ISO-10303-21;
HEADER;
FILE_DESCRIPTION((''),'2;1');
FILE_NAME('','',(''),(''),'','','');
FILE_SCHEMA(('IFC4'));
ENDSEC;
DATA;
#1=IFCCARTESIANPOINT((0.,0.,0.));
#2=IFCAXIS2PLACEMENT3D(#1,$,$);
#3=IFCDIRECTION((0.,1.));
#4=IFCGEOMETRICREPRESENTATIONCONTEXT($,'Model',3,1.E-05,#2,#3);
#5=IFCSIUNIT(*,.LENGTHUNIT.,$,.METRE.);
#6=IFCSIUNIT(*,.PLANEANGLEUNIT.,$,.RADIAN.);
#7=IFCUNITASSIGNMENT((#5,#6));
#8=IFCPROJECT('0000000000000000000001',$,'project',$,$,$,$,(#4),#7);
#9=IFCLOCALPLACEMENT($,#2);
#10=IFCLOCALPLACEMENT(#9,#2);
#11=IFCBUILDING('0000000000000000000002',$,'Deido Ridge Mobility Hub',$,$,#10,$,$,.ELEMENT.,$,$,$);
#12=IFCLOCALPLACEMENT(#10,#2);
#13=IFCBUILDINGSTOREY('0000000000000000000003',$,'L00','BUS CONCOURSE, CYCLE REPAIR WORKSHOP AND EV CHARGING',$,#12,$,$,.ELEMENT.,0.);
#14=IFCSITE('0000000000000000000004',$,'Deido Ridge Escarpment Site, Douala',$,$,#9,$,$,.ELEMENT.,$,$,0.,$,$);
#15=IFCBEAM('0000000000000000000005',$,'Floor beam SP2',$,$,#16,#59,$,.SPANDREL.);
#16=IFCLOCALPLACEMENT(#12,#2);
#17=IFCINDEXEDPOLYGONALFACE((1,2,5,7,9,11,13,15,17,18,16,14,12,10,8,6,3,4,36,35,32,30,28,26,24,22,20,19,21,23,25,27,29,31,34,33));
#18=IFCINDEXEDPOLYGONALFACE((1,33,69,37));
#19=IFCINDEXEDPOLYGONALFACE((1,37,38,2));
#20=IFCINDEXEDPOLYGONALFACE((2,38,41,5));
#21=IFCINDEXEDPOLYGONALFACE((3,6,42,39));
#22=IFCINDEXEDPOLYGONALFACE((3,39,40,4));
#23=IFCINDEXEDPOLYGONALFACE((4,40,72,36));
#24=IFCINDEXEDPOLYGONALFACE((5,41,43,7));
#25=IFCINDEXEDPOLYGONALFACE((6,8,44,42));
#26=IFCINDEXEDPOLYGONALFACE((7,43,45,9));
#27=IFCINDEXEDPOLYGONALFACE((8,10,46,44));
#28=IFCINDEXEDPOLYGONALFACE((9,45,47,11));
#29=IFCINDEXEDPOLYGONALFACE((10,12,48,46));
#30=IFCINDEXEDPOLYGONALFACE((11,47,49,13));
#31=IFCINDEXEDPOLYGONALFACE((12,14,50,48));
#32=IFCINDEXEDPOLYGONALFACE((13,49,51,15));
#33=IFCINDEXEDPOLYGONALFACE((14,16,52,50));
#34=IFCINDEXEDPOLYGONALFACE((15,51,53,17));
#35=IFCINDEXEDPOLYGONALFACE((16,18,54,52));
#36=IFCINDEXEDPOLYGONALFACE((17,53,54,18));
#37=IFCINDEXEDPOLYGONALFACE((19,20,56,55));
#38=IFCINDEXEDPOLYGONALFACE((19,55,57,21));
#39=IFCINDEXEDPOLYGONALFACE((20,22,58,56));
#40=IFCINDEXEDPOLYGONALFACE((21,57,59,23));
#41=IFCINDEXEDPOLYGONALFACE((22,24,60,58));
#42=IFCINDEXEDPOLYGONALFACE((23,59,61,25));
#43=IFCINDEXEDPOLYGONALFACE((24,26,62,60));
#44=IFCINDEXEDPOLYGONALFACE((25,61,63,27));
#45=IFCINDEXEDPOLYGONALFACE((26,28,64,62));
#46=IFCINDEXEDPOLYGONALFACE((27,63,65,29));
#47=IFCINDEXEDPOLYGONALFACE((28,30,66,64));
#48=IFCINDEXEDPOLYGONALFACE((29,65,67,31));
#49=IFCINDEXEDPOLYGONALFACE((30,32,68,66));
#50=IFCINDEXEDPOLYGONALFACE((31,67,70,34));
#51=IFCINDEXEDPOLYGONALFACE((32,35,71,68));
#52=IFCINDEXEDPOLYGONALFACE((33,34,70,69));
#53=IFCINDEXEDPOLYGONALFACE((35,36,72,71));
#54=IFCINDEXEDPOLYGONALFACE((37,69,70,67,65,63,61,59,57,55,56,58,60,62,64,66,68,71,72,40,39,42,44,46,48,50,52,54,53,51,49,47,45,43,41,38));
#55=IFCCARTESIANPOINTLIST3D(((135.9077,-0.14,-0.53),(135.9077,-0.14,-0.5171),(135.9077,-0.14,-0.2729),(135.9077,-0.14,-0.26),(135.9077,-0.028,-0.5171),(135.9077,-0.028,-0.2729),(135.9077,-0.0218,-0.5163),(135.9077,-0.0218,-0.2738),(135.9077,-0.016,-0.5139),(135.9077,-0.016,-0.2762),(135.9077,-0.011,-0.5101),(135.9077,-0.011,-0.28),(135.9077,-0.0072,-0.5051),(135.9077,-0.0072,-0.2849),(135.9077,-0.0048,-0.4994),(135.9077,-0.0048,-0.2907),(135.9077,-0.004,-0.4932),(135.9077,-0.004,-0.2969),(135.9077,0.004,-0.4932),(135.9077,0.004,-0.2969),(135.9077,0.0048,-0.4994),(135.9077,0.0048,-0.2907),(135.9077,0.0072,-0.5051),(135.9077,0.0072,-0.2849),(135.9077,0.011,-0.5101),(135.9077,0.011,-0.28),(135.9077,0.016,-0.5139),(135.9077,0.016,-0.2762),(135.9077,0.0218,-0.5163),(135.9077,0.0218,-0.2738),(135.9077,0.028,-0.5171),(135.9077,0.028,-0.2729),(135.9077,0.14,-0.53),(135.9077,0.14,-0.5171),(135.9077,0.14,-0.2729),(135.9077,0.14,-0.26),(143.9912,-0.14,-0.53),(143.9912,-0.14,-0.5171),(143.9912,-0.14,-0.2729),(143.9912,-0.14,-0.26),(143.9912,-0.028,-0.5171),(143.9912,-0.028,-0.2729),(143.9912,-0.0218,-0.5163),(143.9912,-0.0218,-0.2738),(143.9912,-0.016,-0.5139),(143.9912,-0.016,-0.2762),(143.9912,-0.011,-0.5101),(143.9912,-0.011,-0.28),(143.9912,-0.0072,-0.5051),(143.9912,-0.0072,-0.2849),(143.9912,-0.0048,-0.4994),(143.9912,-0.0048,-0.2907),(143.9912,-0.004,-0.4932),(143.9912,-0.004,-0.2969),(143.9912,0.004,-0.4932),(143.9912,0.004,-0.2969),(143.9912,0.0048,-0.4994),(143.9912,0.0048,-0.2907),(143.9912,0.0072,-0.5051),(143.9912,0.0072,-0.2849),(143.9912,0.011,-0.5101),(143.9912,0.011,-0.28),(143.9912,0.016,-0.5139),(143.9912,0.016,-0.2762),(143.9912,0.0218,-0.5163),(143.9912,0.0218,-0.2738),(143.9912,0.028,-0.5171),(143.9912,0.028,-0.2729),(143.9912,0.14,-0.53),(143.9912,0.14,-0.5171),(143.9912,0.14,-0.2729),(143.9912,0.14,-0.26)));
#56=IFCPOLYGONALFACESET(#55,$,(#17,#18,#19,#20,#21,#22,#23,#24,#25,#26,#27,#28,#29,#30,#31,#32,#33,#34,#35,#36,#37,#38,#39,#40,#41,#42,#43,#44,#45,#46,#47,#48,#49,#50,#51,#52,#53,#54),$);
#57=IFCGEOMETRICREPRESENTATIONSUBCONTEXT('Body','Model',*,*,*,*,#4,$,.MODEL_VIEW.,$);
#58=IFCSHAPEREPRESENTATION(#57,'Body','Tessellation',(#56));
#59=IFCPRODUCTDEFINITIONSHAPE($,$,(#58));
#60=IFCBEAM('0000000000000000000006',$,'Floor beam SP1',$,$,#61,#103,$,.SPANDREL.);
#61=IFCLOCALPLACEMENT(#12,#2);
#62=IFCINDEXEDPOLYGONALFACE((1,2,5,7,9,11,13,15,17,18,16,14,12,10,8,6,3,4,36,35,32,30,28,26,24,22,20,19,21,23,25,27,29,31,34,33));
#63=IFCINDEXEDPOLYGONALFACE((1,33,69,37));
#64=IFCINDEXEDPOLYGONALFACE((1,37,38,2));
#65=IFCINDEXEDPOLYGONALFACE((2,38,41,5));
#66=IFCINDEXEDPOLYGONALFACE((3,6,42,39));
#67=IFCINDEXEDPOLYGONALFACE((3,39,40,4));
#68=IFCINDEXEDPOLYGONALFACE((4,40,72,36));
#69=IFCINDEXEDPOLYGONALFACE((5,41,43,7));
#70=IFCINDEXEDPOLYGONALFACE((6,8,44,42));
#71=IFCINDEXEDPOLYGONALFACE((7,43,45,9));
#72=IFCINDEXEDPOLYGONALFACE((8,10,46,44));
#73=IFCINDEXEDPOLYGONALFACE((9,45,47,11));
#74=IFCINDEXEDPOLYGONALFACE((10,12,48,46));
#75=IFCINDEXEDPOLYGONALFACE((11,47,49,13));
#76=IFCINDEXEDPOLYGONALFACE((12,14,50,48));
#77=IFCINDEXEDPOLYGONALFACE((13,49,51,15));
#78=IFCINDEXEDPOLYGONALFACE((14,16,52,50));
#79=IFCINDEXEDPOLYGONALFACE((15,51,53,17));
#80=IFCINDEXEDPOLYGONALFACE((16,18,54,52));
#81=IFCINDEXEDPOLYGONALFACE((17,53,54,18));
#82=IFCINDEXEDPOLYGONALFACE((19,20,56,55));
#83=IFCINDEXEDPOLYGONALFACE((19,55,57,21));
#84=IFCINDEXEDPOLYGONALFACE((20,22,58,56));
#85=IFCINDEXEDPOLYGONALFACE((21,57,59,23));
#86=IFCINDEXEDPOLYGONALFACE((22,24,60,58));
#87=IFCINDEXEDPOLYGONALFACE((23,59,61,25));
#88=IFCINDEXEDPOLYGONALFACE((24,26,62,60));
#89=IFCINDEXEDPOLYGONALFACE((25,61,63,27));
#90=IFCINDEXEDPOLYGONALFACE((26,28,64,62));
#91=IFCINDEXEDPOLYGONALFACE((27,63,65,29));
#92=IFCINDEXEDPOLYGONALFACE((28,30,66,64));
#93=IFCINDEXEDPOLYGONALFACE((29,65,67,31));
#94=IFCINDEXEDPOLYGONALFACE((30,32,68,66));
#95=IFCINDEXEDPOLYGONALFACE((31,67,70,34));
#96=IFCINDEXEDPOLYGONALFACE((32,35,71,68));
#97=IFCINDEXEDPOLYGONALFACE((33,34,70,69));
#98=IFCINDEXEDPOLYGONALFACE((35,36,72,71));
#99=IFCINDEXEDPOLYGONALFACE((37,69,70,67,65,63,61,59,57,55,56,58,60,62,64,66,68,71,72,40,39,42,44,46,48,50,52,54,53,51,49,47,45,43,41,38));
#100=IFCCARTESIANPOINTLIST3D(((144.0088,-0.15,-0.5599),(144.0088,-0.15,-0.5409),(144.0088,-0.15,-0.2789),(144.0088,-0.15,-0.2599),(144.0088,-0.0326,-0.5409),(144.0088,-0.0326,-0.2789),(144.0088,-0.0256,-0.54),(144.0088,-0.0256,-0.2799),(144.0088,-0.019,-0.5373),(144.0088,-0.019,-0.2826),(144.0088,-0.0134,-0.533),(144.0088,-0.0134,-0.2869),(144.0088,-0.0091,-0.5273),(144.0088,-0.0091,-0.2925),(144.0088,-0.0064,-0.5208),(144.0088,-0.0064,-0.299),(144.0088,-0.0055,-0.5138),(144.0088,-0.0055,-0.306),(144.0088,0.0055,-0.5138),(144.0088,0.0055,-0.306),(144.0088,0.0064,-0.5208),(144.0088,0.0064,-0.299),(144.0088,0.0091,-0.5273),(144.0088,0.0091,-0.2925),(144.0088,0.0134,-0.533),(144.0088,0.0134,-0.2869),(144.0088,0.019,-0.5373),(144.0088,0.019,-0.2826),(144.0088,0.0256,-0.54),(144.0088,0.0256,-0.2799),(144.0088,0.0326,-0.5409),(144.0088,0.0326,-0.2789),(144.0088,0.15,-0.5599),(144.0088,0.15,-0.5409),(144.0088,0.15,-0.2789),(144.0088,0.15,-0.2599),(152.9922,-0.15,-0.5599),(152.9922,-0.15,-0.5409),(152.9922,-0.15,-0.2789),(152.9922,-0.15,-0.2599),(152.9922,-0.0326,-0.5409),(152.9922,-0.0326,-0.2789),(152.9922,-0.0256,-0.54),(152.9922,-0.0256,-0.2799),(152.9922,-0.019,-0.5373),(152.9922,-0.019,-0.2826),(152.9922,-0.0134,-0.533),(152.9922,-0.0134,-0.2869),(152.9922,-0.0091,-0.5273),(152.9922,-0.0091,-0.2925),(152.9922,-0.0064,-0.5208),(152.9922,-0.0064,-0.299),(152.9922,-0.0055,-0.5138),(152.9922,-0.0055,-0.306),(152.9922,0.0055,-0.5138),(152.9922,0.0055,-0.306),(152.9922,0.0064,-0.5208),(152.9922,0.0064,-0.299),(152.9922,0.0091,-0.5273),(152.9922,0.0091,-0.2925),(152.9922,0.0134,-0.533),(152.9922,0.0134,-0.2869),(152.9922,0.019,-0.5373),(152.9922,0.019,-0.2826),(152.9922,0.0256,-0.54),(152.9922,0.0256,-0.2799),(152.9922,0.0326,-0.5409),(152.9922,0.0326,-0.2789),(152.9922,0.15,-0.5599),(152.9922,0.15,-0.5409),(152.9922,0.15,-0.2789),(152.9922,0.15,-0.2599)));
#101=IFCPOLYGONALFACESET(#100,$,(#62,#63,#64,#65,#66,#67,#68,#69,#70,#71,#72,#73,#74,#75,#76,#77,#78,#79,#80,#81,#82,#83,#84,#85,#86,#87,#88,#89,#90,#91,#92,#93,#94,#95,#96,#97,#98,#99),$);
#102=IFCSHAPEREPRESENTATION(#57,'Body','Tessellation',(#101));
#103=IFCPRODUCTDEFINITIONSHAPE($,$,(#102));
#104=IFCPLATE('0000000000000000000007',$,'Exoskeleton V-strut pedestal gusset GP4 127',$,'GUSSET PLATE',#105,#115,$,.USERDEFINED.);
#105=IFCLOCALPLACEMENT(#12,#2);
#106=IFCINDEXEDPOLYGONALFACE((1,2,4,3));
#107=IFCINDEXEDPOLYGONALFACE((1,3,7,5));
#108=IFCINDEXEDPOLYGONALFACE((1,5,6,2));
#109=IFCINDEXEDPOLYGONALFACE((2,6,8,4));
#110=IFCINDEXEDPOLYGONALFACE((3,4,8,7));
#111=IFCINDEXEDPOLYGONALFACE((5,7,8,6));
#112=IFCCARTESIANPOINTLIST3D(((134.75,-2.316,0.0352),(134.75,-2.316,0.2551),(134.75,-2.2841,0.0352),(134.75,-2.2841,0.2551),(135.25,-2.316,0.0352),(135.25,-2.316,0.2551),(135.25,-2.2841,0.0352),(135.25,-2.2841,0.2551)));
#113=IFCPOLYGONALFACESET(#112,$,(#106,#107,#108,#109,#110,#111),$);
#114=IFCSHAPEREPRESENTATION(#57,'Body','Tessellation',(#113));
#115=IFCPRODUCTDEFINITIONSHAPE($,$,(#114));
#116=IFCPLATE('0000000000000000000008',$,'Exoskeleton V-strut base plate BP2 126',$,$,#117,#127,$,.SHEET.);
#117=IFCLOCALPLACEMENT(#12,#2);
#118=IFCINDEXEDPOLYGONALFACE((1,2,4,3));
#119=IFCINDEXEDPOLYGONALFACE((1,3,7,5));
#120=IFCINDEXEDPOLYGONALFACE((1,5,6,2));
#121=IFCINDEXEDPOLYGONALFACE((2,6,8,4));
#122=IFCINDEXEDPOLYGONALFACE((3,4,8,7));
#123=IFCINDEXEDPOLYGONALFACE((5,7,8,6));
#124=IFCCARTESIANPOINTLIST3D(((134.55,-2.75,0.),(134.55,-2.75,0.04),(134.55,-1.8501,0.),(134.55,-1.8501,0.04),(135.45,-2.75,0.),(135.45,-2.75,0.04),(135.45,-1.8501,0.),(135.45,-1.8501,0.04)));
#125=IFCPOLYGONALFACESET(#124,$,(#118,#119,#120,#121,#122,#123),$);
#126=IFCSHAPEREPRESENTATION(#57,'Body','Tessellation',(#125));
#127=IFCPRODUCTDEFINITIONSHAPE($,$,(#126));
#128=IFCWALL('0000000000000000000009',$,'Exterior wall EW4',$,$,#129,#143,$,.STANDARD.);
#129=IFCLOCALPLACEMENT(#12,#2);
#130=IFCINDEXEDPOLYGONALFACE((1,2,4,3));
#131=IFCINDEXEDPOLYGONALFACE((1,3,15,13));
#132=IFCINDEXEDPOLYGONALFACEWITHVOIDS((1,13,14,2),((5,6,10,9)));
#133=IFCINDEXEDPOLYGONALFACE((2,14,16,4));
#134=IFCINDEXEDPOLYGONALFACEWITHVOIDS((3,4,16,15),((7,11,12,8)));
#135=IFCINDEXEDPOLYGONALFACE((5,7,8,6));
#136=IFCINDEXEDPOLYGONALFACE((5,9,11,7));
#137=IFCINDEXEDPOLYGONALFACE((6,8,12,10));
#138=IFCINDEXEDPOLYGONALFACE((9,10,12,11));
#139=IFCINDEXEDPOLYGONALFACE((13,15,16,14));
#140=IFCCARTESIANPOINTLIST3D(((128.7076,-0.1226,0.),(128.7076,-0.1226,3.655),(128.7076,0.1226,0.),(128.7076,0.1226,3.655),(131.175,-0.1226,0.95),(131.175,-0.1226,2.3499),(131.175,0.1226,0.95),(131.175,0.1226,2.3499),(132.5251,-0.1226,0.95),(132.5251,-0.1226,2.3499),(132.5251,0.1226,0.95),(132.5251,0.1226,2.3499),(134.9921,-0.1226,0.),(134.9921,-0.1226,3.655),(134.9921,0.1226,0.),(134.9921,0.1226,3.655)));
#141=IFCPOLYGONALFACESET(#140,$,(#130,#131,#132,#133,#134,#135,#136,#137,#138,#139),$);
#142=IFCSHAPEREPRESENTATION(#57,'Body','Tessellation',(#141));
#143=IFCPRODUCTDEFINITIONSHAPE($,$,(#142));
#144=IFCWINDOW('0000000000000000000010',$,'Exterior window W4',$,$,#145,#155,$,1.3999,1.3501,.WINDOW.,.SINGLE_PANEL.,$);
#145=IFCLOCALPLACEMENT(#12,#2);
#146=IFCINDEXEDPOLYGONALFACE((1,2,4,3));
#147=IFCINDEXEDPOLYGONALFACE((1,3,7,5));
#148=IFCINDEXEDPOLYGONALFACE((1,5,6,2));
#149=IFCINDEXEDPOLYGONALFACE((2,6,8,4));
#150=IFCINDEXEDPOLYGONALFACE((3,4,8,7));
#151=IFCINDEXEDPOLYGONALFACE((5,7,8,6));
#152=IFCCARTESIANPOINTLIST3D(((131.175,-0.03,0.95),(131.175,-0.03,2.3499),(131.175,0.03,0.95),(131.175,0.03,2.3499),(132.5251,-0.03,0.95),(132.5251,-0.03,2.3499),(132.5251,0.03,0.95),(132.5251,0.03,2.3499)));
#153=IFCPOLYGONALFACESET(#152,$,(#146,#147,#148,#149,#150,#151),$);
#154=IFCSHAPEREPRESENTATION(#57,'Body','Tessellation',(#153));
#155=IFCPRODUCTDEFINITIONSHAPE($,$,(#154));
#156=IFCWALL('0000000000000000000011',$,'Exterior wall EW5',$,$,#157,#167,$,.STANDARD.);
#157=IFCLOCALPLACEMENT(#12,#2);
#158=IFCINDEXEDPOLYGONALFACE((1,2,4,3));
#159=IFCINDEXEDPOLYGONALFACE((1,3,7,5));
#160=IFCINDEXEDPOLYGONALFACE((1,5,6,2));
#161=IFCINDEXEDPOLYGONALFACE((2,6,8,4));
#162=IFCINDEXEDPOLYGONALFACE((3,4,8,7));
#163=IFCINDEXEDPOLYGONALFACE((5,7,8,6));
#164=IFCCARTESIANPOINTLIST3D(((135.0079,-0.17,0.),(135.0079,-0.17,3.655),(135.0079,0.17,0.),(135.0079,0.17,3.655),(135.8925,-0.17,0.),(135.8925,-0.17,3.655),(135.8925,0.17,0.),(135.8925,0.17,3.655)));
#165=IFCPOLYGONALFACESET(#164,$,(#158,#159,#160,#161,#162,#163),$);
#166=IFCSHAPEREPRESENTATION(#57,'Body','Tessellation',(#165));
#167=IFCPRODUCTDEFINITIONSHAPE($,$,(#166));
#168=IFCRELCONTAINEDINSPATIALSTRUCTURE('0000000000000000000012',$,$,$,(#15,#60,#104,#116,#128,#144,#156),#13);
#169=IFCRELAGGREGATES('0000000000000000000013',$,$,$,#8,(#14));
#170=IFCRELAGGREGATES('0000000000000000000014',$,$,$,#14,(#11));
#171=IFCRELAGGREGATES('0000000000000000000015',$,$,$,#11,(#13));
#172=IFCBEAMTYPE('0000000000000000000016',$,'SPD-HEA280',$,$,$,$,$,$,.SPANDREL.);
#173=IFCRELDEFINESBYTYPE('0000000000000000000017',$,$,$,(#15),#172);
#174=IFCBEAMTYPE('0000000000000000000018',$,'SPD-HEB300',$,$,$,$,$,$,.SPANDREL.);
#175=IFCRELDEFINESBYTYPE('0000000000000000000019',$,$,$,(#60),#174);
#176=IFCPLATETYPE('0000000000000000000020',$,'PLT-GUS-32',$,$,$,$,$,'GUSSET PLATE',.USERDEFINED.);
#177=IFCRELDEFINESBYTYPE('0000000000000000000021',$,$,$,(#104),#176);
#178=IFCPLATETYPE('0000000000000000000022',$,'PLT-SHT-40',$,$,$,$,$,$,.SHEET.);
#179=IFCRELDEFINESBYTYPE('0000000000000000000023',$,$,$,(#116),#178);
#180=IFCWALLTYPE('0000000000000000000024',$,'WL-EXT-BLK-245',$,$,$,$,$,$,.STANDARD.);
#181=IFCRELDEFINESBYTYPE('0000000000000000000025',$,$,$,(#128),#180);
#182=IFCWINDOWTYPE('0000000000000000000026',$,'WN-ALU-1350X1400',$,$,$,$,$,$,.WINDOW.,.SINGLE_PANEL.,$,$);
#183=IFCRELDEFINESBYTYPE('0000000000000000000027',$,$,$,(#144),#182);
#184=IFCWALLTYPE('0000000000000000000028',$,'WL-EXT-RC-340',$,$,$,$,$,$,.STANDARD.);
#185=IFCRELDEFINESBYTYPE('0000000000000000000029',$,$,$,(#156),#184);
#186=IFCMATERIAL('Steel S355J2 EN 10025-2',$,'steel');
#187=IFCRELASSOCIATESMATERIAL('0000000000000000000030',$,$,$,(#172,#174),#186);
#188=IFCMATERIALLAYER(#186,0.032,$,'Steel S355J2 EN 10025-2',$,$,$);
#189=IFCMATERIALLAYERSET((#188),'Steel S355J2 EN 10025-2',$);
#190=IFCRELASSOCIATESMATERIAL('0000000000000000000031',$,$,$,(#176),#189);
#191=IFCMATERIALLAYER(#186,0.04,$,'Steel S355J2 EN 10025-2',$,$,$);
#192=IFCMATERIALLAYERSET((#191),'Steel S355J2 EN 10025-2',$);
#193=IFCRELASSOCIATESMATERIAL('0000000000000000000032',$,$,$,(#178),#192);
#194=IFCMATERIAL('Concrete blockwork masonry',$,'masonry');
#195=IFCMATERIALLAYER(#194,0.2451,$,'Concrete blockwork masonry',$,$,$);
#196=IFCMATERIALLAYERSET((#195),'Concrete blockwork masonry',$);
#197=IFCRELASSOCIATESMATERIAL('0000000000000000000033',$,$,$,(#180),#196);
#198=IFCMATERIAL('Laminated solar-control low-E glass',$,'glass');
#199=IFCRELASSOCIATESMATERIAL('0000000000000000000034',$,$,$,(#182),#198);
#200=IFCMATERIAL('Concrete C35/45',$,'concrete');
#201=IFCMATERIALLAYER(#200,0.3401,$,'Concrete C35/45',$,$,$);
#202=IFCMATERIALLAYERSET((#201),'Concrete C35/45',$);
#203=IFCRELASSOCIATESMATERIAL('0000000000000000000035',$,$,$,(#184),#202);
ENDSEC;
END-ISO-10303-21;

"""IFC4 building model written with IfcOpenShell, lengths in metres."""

from ifc_helpers import new_model, si_unit, direction, frame, frame_2d, origin, origin_2d, place, context, subcontext, project, spatial, rectangle, i_section, extrude, material, layer, layer_set, material_profile, profile_set, type_object, element, fill, save


model = new_model("IFC4")

# Units and contexts
model_context = context("Model", 3, precision=1e-05, world=origin(), true_north=direction((0.0, 1.0)))
body_context = subcontext(model_context, "Body", "Model", "MODEL_VIEW")
ifc_project = project(units=[si_unit("LENGTHUNIT", "METRE"), si_unit("PLANEANGLEUNIT", "RADIAN")], contexts=[model_context])

# Site, building, storey
site_placement = place(None, origin())
site = spatial("IfcSite", under=ifc_project, at=site_placement, Name="Deido Ridge Escarpment Site, Douala", CompositionType="ELEMENT", RefElevation=0.0)
building_placement = place(site_placement, origin())
building = spatial("IfcBuilding", under=site, at=building_placement, Name="Deido Ridge Mobility Hub", CompositionType="ELEMENT")
storey_placement = place(building_placement, origin())
storey = spatial("IfcBuildingStorey", under=building, at=storey_placement, Name="L00", Description="BUS CONCOURSE, CYCLE REPAIR WORKSHOP AND EV CHARGING", CompositionType="ELEMENT", Elevation=0.0)

# Shared definitions
ifc_material_1 = material(Name="Steel S355J2 EN 10025-2", Category="steel")

# Beams
ifc_material_profile_1 = material_profile(ifc_material_1, i_section(OverallWidth=0.28, OverallDepth=0.27, WebThickness=0.0081, FlangeThickness=0.0129, FilletRadius=0.0239, at=origin_2d()), Name="HEA 280")
ifc_profile_set_1 = profile_set([ifc_material_profile_1], Name="Steel S355J2 EN 10025-2")
beam_type_1 = type_object("IfcBeamType", Name="SPD-HEA280", PredefinedType="SPANDREL", material=ifc_profile_set_1)
beam_1_placement = place(storey_placement, frame((135.9077, 0.0, -0.395), z_axis=(1.0, 0.0, 0.0), x_axis=(0.0, 1.0, 0.0)))
element("IfcBeam", 1, at=beam_1_placement, inside=storey, type_object=beam_type_1, Name="Floor beam SP2", PredefinedType="SPANDREL", context=body_context, shape_type="SweptSolid", body=[
    extrude(i_section(OverallWidth=0.28, OverallDepth=0.27, WebThickness=0.0081, FlangeThickness=0.0129, FilletRadius=0.0239, at=origin_2d()), origin(), (0.0, 0.0, 1.0), 8.0835),
])
ifc_material_profile_2 = material_profile(ifc_material_1, i_section(OverallWidth=0.3, OverallDepth=0.3, WebThickness=0.011, FlangeThickness=0.019, FilletRadius=0.0271, at=origin_2d()), Name="HEB 300")
ifc_profile_set_2 = profile_set([ifc_material_profile_2], Name="Steel S355J2 EN 10025-2")
beam_type_2 = type_object("IfcBeamType", Name="SPD-HEB300", PredefinedType="SPANDREL", material=ifc_profile_set_2)
beam_2_placement = place(storey_placement, frame((144.0088, 0.0, -0.4099), z_axis=(1.0, 0.0, 0.0), x_axis=(0.0, 1.0, 0.0)))
element("IfcBeam", 2, at=beam_2_placement, inside=storey, type_object=beam_type_2, Name="Floor beam SP1", PredefinedType="SPANDREL", context=body_context, shape_type="SweptSolid", body=[
    extrude(i_section(OverallWidth=0.3, OverallDepth=0.3, WebThickness=0.011, FlangeThickness=0.019, FilletRadius=0.0271, at=origin_2d()), origin(), (0.0, 0.0, 1.0), 8.9834),
])

# Plates
ifc_layer_1 = layer(ifc_material_1, 0.032, Name="Steel S355J2 EN 10025-2")
ifc_layer_set_1 = layer_set([ifc_layer_1], Name="Steel S355J2 EN 10025-2")
plate_type_1 = type_object("IfcPlateType", Name="PLT-GUS-32", ElementType="GUSSET PLATE", PredefinedType="USERDEFINED", material=ifc_layer_set_1)
plate_1_placement = place(storey_placement, frame((135.0, -2.3, 0.0352), z_axis=(0.0, 0.0, 1.0), x_axis=(1.0, 0.0, 0.0)))
element("IfcPlate", 3, at=plate_1_placement, inside=storey, type_object=plate_type_1, Name="Exoskeleton V-strut pedestal gusset GP4 127", ObjectType="GUSSET PLATE", PredefinedType="USERDEFINED", context=body_context, shape_type="SweptSolid", body=[
    extrude(rectangle(XDim=0.5, YDim=0.032, at=origin_2d()), origin(), (0.0, 0.0, 1.0), 0.22),
])
ifc_layer_2 = layer(ifc_material_1, 0.04, Name="Steel S355J2 EN 10025-2")
ifc_layer_set_2 = layer_set([ifc_layer_2], Name="Steel S355J2 EN 10025-2")
plate_type_2 = type_object("IfcPlateType", Name="PLT-SHT-40", PredefinedType="SHEET", material=ifc_layer_set_2)
plate_2_placement = place(storey_placement, frame((135.0, -2.3, 0.0), z_axis=(0.0, 0.0, 1.0), x_axis=(1.0, 0.0, 0.0)))
element("IfcPlate", 4, at=plate_2_placement, inside=storey, type_object=plate_type_2, Name="Exoskeleton V-strut base plate BP2 126", PredefinedType="SHEET", context=body_context, shape_type="SweptSolid", body=[
    extrude(rectangle(XDim=0.8999, YDim=0.8999, at=origin_2d()), origin(), (0.0, 0.0, 1.0), 0.04),
])

# Wall, opening, window
ifc_material_2 = material(Name="Concrete blockwork masonry", Category="masonry")
ifc_layer_3 = layer(ifc_material_2, 0.2451, Name="Concrete blockwork masonry")
ifc_layer_set_3 = layer_set([ifc_layer_3], Name="Concrete blockwork masonry")
wall_type_1 = type_object("IfcWallType", Name="WL-EXT-BLK-245", PredefinedType="STANDARD", material=ifc_layer_set_3)
wall_1_placement = place(storey_placement, frame((128.7078, 0.0, 0.0), z_axis=(0.0, 0.0, 1.0), x_axis=(1.0, 0.0, 0.0)))
wall_1 = element("IfcWall", 5, at=wall_1_placement, inside=storey, type_object=wall_type_1, Name="Exterior wall EW4", PredefinedType="STANDARD", context=body_context, shape_type="SweptSolid", body=[
    extrude(rectangle(XDim=6.2844, YDim=0.2451, at=frame_2d((3.1421, 0.0))), origin(), (0.0, 0.0, 1.0), 3.655),
])
opening_1_placement = place(wall_1_placement, frame((2.4673, 0.0, 0.95)))
opening_1 = element("IfcOpeningElement", 6, at=opening_1_placement, cuts=wall_1, PredefinedType="OPENING", context=body_context, shape_type="SweptSolid", body=[
    extrude(rectangle(XDim=1.3501, YDim=1.3999, at=frame_2d((0.675, 0.7))), frame((0.0, 0.1326, 0.0), z_axis=(0.0, -1.0, 0.0), x_axis=(1.0, 0.0, 0.0)), (0.0, 0.0, 1.0), 0.2651),
])
ifc_material_3 = material(Name="Laminated solar-control low-E glass", Category="glass")
window_type = type_object("IfcWindowType", Name="WN-ALU-1350X1400", PartitioningType="SINGLE_PANEL", PredefinedType="WINDOW", material=ifc_material_3)
window_placement = place(opening_1_placement, origin())
window = element("IfcWindow", 7, at=window_placement, inside=storey, type_object=window_type, Name="Exterior window W4", OverallHeight=1.3999, OverallWidth=1.3501, PartitioningType="SINGLE_PANEL", PredefinedType="WINDOW", context=body_context, shape_type="SweptSolid", body=[
    extrude(rectangle(XDim=1.3501, YDim=1.3999, at=frame_2d((0.675, 0.7))), frame((0.0, 0.03, 0.0), z_axis=(0.0, -1.0, 0.0), x_axis=(1.0, 0.0, 0.0)), (0.0, 0.0, 1.0), 0.0601),
])
fill(opening_1, window)

# Wall
ifc_material_4 = material(Name="Concrete C35/45", Category="concrete")
ifc_layer_4 = layer(ifc_material_4, 0.3401, Name="Concrete C35/45")
ifc_layer_set_4 = layer_set([ifc_layer_4], Name="Concrete C35/45")
wall_type_2 = type_object("IfcWallType", Name="WL-EXT-RC-340", PredefinedType="STANDARD", material=ifc_layer_set_4)
wall_2_placement = place(storey_placement, frame((135.0078, 0.0, 0.0), z_axis=(0.0, 0.0, 1.0), x_axis=(1.0, 0.0, 0.0)))
element("IfcWall", 8, at=wall_2_placement, inside=storey, type_object=wall_type_2, Name="Exterior wall EW5", PredefinedType="STANDARD", context=body_context, shape_type="SweptSolid", body=[
    extrude(rectangle(XDim=0.8845, YDim=0.3401, at=frame_2d((0.4424, 0.0))), origin(), (0.0, 0.0, 1.0), 3.655),
])

save(model, "model.ifc")
